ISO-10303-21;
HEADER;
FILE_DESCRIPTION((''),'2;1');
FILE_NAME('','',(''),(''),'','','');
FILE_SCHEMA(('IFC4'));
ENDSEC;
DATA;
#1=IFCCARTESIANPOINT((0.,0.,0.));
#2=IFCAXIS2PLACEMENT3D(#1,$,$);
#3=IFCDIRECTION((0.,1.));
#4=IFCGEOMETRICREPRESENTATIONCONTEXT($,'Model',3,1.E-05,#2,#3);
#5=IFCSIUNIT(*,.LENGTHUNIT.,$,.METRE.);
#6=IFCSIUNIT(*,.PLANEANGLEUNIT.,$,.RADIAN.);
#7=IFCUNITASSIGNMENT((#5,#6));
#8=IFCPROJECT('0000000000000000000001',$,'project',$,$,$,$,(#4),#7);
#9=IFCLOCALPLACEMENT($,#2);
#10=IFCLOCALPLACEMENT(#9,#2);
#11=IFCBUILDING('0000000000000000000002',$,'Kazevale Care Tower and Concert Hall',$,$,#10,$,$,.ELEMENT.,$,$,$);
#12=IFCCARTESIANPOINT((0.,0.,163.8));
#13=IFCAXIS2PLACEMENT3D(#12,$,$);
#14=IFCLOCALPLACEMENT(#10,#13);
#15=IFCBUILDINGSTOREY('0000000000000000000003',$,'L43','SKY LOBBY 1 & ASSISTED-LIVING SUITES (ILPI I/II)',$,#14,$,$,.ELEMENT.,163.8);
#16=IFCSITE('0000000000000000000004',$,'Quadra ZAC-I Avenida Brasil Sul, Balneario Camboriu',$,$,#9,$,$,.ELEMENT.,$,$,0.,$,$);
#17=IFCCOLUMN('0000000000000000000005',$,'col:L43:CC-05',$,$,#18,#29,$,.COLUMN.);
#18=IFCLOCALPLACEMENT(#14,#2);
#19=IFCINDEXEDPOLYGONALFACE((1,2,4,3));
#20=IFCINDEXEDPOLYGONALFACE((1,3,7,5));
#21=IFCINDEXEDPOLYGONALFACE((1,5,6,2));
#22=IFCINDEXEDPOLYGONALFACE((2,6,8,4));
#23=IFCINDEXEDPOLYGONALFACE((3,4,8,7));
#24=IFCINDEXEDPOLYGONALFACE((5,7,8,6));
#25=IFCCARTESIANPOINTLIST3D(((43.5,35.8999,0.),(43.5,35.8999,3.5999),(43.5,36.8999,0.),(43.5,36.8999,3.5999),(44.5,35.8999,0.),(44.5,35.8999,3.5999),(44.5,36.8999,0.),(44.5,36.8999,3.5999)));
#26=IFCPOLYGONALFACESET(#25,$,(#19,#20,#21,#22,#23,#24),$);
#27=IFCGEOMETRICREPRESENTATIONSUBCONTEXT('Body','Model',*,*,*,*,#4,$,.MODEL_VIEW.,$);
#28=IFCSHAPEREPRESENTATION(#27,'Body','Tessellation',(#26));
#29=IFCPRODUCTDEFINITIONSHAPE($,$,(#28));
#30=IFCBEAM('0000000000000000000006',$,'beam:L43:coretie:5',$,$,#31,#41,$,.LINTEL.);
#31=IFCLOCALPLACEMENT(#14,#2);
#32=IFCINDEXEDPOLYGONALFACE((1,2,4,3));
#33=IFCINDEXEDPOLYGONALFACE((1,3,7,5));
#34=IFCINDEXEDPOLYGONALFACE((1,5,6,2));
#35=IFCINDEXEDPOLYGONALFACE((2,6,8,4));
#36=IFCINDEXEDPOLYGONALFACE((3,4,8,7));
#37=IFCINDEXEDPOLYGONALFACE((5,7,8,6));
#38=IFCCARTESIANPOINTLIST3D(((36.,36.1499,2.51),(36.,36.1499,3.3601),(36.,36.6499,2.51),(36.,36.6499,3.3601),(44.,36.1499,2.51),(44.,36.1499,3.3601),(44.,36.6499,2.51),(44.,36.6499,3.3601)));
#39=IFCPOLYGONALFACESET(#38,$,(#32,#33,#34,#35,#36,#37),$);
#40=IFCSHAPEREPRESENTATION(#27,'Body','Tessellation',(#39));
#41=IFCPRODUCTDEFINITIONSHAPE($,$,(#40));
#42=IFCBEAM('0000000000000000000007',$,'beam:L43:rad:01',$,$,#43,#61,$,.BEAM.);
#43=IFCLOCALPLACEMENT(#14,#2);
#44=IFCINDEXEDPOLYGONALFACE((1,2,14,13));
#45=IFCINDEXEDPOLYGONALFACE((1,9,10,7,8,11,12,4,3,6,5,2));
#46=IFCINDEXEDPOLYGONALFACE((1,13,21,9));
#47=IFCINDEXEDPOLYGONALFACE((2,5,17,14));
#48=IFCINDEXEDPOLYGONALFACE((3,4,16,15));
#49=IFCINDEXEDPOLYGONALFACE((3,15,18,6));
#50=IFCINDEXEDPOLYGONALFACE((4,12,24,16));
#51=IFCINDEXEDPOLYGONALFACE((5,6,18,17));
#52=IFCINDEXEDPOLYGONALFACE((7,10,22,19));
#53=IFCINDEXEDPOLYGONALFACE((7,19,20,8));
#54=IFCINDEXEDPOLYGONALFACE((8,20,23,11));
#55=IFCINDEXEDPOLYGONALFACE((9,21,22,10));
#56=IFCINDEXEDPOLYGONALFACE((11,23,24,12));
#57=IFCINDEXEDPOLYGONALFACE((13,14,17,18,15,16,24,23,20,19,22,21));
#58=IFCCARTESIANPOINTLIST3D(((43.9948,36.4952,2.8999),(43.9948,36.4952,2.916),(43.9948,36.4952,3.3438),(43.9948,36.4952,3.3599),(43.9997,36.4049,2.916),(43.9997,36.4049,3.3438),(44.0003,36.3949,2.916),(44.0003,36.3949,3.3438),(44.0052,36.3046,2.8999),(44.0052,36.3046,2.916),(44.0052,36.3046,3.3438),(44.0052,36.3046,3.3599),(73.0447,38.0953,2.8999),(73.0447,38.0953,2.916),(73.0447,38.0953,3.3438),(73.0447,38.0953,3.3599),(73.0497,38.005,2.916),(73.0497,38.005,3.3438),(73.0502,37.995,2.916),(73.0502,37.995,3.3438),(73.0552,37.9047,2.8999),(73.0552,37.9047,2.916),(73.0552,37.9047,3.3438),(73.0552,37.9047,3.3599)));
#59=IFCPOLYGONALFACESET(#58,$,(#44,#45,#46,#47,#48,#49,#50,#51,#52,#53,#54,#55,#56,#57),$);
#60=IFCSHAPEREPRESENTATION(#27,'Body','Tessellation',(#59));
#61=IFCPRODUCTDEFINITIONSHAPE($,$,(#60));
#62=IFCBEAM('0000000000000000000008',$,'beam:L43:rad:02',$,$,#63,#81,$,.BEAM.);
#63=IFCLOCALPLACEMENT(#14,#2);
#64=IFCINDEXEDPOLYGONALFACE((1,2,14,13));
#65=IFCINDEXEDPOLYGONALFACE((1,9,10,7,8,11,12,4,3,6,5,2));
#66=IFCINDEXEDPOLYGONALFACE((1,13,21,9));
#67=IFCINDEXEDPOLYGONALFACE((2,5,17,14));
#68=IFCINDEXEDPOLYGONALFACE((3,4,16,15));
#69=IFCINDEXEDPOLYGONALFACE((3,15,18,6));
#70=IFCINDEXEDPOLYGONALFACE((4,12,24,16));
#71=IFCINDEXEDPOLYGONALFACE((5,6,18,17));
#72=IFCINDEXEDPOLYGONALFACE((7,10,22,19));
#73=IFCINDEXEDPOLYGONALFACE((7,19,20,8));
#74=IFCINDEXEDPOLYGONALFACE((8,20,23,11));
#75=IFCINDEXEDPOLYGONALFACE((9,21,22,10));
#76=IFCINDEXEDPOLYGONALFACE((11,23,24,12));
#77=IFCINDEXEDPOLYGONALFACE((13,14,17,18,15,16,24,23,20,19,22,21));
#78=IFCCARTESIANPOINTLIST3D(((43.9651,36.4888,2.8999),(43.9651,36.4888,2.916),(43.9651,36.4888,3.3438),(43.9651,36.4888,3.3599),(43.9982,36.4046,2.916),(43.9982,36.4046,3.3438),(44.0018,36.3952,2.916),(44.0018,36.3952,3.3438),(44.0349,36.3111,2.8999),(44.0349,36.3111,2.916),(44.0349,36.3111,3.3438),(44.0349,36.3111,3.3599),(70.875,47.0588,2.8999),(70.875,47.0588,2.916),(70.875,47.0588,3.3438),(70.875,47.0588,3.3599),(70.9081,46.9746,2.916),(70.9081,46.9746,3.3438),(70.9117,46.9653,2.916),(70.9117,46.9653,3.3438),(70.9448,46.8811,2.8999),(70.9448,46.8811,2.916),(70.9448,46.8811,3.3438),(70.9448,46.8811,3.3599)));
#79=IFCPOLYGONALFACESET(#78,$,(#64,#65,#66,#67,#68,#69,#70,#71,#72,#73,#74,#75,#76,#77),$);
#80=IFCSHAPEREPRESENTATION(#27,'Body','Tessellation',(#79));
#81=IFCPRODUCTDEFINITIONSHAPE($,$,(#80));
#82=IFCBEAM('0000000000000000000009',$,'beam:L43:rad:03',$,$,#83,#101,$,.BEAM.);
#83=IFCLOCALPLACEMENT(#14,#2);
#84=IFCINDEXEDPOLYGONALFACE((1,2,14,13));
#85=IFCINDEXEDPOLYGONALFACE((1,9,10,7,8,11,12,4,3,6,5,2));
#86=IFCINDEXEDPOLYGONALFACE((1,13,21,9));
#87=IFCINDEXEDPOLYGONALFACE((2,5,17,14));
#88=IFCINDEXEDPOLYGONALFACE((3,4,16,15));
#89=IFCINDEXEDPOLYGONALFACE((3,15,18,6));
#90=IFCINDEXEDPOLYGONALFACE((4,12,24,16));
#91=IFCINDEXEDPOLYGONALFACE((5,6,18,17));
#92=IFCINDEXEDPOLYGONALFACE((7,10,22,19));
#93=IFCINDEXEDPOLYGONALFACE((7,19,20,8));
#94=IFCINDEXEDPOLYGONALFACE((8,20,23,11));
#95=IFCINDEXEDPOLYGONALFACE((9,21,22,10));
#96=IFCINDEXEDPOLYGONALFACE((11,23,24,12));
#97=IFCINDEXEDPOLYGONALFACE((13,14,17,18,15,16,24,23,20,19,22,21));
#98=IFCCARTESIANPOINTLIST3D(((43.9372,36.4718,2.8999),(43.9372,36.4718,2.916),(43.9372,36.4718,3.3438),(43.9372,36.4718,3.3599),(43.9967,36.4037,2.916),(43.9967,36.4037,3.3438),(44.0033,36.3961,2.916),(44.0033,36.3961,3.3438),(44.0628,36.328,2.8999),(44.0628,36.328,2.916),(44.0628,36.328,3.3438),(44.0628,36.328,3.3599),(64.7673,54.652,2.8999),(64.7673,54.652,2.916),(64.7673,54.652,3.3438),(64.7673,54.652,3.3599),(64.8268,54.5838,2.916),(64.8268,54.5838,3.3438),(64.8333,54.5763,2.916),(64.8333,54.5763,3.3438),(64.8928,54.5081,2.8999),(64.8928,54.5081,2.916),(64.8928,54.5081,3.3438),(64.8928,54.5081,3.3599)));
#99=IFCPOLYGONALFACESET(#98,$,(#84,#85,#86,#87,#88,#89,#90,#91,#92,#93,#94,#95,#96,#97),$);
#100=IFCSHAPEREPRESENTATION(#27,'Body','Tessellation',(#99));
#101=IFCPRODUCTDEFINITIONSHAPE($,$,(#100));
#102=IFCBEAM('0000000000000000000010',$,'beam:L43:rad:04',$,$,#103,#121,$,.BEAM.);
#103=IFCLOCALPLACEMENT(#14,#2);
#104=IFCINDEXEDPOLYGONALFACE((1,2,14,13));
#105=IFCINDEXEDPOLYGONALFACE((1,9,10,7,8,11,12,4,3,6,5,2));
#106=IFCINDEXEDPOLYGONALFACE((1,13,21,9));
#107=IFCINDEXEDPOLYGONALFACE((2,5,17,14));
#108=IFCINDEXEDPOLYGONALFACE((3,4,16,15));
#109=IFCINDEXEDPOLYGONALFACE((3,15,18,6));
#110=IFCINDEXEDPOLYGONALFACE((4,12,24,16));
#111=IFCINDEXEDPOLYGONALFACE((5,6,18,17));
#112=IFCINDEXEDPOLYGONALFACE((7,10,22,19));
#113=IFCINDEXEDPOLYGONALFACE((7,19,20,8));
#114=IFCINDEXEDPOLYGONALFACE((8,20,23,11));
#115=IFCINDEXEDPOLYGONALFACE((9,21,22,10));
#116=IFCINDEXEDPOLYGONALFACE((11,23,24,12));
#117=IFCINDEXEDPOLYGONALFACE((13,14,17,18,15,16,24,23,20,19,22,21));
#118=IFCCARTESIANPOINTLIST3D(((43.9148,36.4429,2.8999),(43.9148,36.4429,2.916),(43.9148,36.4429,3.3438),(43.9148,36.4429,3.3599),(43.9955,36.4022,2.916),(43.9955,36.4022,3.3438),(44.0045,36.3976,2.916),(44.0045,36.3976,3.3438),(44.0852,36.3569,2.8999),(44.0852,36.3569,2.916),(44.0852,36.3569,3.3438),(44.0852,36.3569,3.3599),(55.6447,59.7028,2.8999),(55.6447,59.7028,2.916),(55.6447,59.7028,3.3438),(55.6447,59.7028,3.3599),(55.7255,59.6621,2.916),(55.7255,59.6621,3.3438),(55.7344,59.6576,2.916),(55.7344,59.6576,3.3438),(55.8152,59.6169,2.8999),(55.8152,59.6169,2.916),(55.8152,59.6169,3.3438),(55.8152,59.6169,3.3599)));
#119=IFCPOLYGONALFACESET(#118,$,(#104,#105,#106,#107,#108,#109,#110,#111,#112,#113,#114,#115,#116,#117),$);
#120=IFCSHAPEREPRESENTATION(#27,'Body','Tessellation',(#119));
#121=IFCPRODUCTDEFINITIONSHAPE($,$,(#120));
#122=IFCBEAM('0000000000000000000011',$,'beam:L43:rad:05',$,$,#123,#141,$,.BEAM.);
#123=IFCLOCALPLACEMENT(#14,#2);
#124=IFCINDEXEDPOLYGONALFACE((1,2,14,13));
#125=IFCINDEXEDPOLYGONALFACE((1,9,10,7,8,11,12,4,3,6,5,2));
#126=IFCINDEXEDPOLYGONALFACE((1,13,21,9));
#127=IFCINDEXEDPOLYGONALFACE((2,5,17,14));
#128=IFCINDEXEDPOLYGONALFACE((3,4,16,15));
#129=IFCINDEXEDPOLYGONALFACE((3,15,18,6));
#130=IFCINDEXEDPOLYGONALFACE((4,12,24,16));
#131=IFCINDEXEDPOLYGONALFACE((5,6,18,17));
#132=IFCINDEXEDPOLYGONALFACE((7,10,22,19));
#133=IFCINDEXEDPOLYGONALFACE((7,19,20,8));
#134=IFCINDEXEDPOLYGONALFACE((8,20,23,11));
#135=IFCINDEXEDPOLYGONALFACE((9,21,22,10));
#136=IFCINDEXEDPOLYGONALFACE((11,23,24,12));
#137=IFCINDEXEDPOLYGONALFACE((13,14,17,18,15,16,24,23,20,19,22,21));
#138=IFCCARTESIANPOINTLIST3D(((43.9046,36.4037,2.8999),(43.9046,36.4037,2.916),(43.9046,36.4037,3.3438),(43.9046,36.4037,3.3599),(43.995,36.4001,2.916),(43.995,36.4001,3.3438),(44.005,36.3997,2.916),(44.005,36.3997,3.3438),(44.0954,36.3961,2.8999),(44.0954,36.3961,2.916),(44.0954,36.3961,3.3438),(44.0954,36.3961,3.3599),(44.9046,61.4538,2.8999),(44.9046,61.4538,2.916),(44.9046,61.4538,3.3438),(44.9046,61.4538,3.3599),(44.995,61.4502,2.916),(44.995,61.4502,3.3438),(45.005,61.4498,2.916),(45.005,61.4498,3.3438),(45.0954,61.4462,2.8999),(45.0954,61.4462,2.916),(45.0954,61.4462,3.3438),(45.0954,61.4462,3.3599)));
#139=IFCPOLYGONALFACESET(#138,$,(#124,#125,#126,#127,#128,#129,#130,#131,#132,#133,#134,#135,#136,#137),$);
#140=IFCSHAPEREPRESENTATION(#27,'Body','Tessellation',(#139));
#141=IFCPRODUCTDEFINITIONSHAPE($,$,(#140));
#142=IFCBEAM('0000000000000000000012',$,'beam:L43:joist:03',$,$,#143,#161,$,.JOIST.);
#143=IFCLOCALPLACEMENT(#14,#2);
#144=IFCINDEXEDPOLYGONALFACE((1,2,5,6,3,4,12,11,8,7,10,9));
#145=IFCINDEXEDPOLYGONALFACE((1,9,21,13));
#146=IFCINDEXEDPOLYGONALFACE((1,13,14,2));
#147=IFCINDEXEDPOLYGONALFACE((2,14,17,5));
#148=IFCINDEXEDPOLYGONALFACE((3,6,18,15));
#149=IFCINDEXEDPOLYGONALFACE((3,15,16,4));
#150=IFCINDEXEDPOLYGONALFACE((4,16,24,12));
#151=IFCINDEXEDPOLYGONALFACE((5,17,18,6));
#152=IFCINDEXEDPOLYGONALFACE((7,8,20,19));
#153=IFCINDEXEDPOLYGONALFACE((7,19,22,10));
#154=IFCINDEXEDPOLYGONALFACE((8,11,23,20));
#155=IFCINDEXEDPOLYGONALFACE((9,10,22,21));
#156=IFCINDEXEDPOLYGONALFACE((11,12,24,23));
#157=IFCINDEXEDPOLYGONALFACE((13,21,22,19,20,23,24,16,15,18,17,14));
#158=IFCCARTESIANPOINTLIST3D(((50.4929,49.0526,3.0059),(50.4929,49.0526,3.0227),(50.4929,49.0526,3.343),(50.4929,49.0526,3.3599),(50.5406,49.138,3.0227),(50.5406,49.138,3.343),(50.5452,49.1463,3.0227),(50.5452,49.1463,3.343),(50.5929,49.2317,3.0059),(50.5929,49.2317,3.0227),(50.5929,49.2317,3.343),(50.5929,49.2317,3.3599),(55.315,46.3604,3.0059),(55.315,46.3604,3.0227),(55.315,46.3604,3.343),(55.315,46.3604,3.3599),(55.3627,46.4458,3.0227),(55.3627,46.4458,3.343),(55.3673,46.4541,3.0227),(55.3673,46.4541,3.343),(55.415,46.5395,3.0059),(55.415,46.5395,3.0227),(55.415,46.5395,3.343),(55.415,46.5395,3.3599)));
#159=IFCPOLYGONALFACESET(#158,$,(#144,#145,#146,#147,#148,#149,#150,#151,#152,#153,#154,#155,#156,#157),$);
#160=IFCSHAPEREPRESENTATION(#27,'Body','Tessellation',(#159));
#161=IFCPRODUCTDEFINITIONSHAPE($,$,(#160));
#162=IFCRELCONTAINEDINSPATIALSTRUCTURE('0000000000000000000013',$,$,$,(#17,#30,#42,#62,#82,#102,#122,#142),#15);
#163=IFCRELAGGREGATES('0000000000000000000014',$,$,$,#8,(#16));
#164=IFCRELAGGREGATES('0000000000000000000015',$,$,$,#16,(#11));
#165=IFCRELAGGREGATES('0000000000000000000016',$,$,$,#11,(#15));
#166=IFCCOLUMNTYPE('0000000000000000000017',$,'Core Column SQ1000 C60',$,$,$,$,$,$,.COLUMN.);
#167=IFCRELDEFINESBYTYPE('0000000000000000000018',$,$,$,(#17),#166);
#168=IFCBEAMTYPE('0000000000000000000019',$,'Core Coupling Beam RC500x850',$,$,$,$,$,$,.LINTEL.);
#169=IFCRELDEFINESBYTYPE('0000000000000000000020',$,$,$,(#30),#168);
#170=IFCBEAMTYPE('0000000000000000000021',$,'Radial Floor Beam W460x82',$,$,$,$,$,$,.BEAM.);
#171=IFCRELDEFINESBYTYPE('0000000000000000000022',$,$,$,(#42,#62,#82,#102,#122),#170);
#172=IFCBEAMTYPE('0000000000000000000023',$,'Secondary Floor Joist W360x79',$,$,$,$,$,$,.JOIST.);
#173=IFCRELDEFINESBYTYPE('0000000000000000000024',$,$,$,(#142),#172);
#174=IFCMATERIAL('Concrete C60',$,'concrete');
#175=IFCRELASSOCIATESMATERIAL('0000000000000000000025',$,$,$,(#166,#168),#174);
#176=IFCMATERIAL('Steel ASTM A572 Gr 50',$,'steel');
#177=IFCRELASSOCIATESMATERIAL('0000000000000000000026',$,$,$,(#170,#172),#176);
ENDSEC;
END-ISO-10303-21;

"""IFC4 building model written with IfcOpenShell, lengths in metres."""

from ifc_helpers import new_model, si_unit, direction, frame, origin, origin_2d, place, context, subcontext, project, spatial, rectangle, i_section, extrude, material, material_profile, profile_set, type_object, element, save


model = new_model("IFC4")

# Units and contexts
model_context = context("Model", 3, precision=1e-05, world=origin(), true_north=direction((0.0, 1.0)))
body_context = subcontext(model_context, "Body", "Model", "MODEL_VIEW")
ifc_project = project(units=[si_unit("LENGTHUNIT", "METRE"), si_unit("PLANEANGLEUNIT", "RADIAN")], contexts=[model_context])

# Site, building, storey
site_placement = place(None, origin())
site = spatial("IfcSite", under=ifc_project, at=site_placement, Name="Quadra ZAC-I Avenida Brasil Sul, Balneario Camboriu", CompositionType="ELEMENT", RefElevation=0.0)
building_placement = place(site_placement, origin())
building = spatial("IfcBuilding", under=site, at=building_placement, Name="Kazevale Care Tower and Concert Hall", CompositionType="ELEMENT")
storey_placement = place(building_placement, frame((0.0, 0.0, 163.8)))
storey = spatial("IfcBuildingStorey", under=building, at=storey_placement, Name="L43", Description="SKY LOBBY 1 & ASSISTED-LIVING SUITES (ILPI I/II)", CompositionType="ELEMENT", Elevation=163.8)

# Column
ifc_material_1 = material(Name="Concrete C60", Category="concrete")
ifc_material_profile_1 = material_profile(ifc_material_1, rectangle(XDim=1.0, YDim=1.0, at=origin_2d()), Name="RC-SQ1000")
ifc_profile_set_1 = profile_set([ifc_material_profile_1], Name="Concrete C60")
column_type = type_object("IfcColumnType", Name="Core Column SQ1000 C60", PredefinedType="COLUMN", material=ifc_profile_set_1)
column_placement = place(storey_placement, frame((44.0, 36.3999, 0.0), z_axis=(0.0, 0.0, 1.0), x_axis=(1.0, 0.0, 0.0)))
element("IfcColumn", 1, at=column_placement, inside=storey, type_object=column_type, Name="col:L43:CC-05", PredefinedType="COLUMN", context=body_context, shape_type="SweptSolid", body=[
    extrude(rectangle(XDim=1.0, YDim=1.0, at=origin_2d()), origin(), (0.0, 0.0, 1.0), 3.5999),
])

# Beams
ifc_material_profile_2 = material_profile(ifc_material_1, rectangle(XDim=0.5, YDim=0.8501, at=origin_2d()), Name="RC-B500x850")
ifc_profile_set_2 = profile_set([ifc_material_profile_2], Name="Concrete C60")
beam_type_1 = type_object("IfcBeamType", Name="Core Coupling Beam RC500x850", PredefinedType="LINTEL", material=ifc_profile_set_2)
beam_1_placement = place(storey_placement, frame((44.0, 36.3999, 2.9351), z_axis=(-1.0, 0.0, 0.0), x_axis=(0.0, -1.0, 0.0)))
element("IfcBeam", 2, at=beam_1_placement, inside=storey, type_object=beam_type_1, Name="beam:L43:coretie:5", PredefinedType="LINTEL", context=body_context, shape_type="SweptSolid", body=[
    extrude(rectangle(XDim=0.5, YDim=0.8501, at=origin_2d()), origin(), (0.0, 0.0, 1.0), 8.0),
])
ifc_material_2 = material(Name="Steel ASTM A572 Gr 50", Category="steel")
ifc_material_profile_3 = material_profile(ifc_material_2, i_section(OverallWidth=0.1909, OverallDepth=0.46, WebThickness=0.01, FlangeThickness=0.0161, at=origin_2d()), Name="W460x82")
ifc_profile_set_3 = profile_set([ifc_material_profile_3], Name="Steel ASTM A572 Gr 50")
beam_type_2 = type_object("IfcBeamType", Name="Radial Floor Beam W460x82", PredefinedType="BEAM", material=ifc_profile_set_3)
beam_2_placement = place(storey_placement, frame((44.0, 36.3999, 3.1299), z_axis=(0.998487, 0.054997, 0.0), x_axis=(-0.054997, 0.998487, 0.0)))
element("IfcBeam", 3, at=beam_2_placement, inside=storey, type_object=beam_type_2, Name="beam:L43:rad:01", PredefinedType="BEAM", context=body_context, shape_type="SweptSolid", body=[
    extrude(i_section(OverallWidth=0.1909, OverallDepth=0.46, WebThickness=0.01, FlangeThickness=0.0161, at=origin_2d()), origin(), (0.0, 0.0, 1.0), 29.094),
])
beam_3_placement = place(storey_placement, frame((44.0, 36.3999, 3.1299), z_axis=(0.930771, 0.365602, 0.0), x_axis=(-0.365602, 0.930771, 0.0)))
element("IfcBeam", 4, at=beam_3_placement, inside=storey, type_object=beam_type_2, Name="beam:L43:rad:02", PredefinedType="BEAM", context=body_context, shape_type="SweptSolid", body=[
    extrude(i_section(OverallWidth=0.1909, OverallDepth=0.46, WebThickness=0.01, FlangeThickness=0.0161, at=origin_2d()), origin(), (0.0, 0.0, 1.0), 28.9114),
])
beam_4_placement = place(storey_placement, frame((44.0, 36.3999, 3.1299), z_axis=(0.753403, 0.657559, 0.0), x_axis=(-0.657559, 0.753403, 0.0)))
element("IfcBeam", 5, at=beam_4_placement, inside=storey, type_object=beam_type_2, Name="beam:L43:rad:03", PredefinedType="BEAM", context=body_context, shape_type="SweptSolid", body=[
    extrude(i_section(OverallWidth=0.1909, OverallDepth=0.46, WebThickness=0.01, FlangeThickness=0.0161, at=origin_2d()), origin(), (0.0, 0.0, 1.0), 27.6479),
])
beam_5_placement = place(storey_placement, frame((44.0, 36.3999, 3.1299), z_axis=(0.450281, 0.892887, 0.0), x_axis=(-0.892887, 0.450281, 0.0)))
element("IfcBeam", 6, at=beam_5_placement, inside=storey, type_object=beam_type_2, Name="beam:L43:rad:04", PredefinedType="BEAM", context=body_context, shape_type="SweptSolid", body=[
    extrude(i_section(OverallWidth=0.1909, OverallDepth=0.46, WebThickness=0.01, FlangeThickness=0.0161, at=origin_2d()), origin(), (0.0, 0.0, 1.0), 26.0503),
])
beam_6_placement = place(storey_placement, frame((44.0, 36.3999, 3.1299), z_axis=(0.039888, 0.999204, 0.0), x_axis=(-0.999204, 0.039888, 0.0)))
element("IfcBeam", 7, at=beam_6_placement, inside=storey, type_object=beam_type_2, Name="beam:L43:rad:05", PredefinedType="BEAM", context=body_context, shape_type="SweptSolid", body=[
    extrude(i_section(OverallWidth=0.1909, OverallDepth=0.46, WebThickness=0.01, FlangeThickness=0.0161, at=origin_2d()), origin(), (0.0, 0.0, 1.0), 25.0701),
])
ifc_material_profile_4 = material_profile(ifc_material_2, i_section(OverallWidth=0.2051, OverallDepth=0.354, WebThickness=0.0095, FlangeThickness=0.0168, at=origin_2d()), Name="W360x79")
ifc_profile_set_4 = profile_set([ifc_material_profile_4], Name="Steel ASTM A572 Gr 50")
beam_type_3 = type_object("IfcBeamType", Name="Secondary Floor Joist W360x79", PredefinedType="JOIST", material=ifc_profile_set_4)
beam_7_placement = place(storey_placement, frame((55.365, 46.45, 3.1829), z_axis=(-0.873138, 0.487474, 0.0), x_axis=(-0.487474, -0.873138, 0.0)))
element("IfcBeam", 8, at=beam_7_placement, inside=storey, type_object=beam_type_3, Name="beam:L43:joist:03", PredefinedType="JOIST", context=body_context, shape_type="SweptSolid", body=[
    extrude(i_section(OverallWidth=0.2051, OverallDepth=0.354, WebThickness=0.0095, FlangeThickness=0.0168, at=origin_2d()), origin(), (0.0, 0.0, 1.0), 5.5227),
])

save(model, "model.ifc")
